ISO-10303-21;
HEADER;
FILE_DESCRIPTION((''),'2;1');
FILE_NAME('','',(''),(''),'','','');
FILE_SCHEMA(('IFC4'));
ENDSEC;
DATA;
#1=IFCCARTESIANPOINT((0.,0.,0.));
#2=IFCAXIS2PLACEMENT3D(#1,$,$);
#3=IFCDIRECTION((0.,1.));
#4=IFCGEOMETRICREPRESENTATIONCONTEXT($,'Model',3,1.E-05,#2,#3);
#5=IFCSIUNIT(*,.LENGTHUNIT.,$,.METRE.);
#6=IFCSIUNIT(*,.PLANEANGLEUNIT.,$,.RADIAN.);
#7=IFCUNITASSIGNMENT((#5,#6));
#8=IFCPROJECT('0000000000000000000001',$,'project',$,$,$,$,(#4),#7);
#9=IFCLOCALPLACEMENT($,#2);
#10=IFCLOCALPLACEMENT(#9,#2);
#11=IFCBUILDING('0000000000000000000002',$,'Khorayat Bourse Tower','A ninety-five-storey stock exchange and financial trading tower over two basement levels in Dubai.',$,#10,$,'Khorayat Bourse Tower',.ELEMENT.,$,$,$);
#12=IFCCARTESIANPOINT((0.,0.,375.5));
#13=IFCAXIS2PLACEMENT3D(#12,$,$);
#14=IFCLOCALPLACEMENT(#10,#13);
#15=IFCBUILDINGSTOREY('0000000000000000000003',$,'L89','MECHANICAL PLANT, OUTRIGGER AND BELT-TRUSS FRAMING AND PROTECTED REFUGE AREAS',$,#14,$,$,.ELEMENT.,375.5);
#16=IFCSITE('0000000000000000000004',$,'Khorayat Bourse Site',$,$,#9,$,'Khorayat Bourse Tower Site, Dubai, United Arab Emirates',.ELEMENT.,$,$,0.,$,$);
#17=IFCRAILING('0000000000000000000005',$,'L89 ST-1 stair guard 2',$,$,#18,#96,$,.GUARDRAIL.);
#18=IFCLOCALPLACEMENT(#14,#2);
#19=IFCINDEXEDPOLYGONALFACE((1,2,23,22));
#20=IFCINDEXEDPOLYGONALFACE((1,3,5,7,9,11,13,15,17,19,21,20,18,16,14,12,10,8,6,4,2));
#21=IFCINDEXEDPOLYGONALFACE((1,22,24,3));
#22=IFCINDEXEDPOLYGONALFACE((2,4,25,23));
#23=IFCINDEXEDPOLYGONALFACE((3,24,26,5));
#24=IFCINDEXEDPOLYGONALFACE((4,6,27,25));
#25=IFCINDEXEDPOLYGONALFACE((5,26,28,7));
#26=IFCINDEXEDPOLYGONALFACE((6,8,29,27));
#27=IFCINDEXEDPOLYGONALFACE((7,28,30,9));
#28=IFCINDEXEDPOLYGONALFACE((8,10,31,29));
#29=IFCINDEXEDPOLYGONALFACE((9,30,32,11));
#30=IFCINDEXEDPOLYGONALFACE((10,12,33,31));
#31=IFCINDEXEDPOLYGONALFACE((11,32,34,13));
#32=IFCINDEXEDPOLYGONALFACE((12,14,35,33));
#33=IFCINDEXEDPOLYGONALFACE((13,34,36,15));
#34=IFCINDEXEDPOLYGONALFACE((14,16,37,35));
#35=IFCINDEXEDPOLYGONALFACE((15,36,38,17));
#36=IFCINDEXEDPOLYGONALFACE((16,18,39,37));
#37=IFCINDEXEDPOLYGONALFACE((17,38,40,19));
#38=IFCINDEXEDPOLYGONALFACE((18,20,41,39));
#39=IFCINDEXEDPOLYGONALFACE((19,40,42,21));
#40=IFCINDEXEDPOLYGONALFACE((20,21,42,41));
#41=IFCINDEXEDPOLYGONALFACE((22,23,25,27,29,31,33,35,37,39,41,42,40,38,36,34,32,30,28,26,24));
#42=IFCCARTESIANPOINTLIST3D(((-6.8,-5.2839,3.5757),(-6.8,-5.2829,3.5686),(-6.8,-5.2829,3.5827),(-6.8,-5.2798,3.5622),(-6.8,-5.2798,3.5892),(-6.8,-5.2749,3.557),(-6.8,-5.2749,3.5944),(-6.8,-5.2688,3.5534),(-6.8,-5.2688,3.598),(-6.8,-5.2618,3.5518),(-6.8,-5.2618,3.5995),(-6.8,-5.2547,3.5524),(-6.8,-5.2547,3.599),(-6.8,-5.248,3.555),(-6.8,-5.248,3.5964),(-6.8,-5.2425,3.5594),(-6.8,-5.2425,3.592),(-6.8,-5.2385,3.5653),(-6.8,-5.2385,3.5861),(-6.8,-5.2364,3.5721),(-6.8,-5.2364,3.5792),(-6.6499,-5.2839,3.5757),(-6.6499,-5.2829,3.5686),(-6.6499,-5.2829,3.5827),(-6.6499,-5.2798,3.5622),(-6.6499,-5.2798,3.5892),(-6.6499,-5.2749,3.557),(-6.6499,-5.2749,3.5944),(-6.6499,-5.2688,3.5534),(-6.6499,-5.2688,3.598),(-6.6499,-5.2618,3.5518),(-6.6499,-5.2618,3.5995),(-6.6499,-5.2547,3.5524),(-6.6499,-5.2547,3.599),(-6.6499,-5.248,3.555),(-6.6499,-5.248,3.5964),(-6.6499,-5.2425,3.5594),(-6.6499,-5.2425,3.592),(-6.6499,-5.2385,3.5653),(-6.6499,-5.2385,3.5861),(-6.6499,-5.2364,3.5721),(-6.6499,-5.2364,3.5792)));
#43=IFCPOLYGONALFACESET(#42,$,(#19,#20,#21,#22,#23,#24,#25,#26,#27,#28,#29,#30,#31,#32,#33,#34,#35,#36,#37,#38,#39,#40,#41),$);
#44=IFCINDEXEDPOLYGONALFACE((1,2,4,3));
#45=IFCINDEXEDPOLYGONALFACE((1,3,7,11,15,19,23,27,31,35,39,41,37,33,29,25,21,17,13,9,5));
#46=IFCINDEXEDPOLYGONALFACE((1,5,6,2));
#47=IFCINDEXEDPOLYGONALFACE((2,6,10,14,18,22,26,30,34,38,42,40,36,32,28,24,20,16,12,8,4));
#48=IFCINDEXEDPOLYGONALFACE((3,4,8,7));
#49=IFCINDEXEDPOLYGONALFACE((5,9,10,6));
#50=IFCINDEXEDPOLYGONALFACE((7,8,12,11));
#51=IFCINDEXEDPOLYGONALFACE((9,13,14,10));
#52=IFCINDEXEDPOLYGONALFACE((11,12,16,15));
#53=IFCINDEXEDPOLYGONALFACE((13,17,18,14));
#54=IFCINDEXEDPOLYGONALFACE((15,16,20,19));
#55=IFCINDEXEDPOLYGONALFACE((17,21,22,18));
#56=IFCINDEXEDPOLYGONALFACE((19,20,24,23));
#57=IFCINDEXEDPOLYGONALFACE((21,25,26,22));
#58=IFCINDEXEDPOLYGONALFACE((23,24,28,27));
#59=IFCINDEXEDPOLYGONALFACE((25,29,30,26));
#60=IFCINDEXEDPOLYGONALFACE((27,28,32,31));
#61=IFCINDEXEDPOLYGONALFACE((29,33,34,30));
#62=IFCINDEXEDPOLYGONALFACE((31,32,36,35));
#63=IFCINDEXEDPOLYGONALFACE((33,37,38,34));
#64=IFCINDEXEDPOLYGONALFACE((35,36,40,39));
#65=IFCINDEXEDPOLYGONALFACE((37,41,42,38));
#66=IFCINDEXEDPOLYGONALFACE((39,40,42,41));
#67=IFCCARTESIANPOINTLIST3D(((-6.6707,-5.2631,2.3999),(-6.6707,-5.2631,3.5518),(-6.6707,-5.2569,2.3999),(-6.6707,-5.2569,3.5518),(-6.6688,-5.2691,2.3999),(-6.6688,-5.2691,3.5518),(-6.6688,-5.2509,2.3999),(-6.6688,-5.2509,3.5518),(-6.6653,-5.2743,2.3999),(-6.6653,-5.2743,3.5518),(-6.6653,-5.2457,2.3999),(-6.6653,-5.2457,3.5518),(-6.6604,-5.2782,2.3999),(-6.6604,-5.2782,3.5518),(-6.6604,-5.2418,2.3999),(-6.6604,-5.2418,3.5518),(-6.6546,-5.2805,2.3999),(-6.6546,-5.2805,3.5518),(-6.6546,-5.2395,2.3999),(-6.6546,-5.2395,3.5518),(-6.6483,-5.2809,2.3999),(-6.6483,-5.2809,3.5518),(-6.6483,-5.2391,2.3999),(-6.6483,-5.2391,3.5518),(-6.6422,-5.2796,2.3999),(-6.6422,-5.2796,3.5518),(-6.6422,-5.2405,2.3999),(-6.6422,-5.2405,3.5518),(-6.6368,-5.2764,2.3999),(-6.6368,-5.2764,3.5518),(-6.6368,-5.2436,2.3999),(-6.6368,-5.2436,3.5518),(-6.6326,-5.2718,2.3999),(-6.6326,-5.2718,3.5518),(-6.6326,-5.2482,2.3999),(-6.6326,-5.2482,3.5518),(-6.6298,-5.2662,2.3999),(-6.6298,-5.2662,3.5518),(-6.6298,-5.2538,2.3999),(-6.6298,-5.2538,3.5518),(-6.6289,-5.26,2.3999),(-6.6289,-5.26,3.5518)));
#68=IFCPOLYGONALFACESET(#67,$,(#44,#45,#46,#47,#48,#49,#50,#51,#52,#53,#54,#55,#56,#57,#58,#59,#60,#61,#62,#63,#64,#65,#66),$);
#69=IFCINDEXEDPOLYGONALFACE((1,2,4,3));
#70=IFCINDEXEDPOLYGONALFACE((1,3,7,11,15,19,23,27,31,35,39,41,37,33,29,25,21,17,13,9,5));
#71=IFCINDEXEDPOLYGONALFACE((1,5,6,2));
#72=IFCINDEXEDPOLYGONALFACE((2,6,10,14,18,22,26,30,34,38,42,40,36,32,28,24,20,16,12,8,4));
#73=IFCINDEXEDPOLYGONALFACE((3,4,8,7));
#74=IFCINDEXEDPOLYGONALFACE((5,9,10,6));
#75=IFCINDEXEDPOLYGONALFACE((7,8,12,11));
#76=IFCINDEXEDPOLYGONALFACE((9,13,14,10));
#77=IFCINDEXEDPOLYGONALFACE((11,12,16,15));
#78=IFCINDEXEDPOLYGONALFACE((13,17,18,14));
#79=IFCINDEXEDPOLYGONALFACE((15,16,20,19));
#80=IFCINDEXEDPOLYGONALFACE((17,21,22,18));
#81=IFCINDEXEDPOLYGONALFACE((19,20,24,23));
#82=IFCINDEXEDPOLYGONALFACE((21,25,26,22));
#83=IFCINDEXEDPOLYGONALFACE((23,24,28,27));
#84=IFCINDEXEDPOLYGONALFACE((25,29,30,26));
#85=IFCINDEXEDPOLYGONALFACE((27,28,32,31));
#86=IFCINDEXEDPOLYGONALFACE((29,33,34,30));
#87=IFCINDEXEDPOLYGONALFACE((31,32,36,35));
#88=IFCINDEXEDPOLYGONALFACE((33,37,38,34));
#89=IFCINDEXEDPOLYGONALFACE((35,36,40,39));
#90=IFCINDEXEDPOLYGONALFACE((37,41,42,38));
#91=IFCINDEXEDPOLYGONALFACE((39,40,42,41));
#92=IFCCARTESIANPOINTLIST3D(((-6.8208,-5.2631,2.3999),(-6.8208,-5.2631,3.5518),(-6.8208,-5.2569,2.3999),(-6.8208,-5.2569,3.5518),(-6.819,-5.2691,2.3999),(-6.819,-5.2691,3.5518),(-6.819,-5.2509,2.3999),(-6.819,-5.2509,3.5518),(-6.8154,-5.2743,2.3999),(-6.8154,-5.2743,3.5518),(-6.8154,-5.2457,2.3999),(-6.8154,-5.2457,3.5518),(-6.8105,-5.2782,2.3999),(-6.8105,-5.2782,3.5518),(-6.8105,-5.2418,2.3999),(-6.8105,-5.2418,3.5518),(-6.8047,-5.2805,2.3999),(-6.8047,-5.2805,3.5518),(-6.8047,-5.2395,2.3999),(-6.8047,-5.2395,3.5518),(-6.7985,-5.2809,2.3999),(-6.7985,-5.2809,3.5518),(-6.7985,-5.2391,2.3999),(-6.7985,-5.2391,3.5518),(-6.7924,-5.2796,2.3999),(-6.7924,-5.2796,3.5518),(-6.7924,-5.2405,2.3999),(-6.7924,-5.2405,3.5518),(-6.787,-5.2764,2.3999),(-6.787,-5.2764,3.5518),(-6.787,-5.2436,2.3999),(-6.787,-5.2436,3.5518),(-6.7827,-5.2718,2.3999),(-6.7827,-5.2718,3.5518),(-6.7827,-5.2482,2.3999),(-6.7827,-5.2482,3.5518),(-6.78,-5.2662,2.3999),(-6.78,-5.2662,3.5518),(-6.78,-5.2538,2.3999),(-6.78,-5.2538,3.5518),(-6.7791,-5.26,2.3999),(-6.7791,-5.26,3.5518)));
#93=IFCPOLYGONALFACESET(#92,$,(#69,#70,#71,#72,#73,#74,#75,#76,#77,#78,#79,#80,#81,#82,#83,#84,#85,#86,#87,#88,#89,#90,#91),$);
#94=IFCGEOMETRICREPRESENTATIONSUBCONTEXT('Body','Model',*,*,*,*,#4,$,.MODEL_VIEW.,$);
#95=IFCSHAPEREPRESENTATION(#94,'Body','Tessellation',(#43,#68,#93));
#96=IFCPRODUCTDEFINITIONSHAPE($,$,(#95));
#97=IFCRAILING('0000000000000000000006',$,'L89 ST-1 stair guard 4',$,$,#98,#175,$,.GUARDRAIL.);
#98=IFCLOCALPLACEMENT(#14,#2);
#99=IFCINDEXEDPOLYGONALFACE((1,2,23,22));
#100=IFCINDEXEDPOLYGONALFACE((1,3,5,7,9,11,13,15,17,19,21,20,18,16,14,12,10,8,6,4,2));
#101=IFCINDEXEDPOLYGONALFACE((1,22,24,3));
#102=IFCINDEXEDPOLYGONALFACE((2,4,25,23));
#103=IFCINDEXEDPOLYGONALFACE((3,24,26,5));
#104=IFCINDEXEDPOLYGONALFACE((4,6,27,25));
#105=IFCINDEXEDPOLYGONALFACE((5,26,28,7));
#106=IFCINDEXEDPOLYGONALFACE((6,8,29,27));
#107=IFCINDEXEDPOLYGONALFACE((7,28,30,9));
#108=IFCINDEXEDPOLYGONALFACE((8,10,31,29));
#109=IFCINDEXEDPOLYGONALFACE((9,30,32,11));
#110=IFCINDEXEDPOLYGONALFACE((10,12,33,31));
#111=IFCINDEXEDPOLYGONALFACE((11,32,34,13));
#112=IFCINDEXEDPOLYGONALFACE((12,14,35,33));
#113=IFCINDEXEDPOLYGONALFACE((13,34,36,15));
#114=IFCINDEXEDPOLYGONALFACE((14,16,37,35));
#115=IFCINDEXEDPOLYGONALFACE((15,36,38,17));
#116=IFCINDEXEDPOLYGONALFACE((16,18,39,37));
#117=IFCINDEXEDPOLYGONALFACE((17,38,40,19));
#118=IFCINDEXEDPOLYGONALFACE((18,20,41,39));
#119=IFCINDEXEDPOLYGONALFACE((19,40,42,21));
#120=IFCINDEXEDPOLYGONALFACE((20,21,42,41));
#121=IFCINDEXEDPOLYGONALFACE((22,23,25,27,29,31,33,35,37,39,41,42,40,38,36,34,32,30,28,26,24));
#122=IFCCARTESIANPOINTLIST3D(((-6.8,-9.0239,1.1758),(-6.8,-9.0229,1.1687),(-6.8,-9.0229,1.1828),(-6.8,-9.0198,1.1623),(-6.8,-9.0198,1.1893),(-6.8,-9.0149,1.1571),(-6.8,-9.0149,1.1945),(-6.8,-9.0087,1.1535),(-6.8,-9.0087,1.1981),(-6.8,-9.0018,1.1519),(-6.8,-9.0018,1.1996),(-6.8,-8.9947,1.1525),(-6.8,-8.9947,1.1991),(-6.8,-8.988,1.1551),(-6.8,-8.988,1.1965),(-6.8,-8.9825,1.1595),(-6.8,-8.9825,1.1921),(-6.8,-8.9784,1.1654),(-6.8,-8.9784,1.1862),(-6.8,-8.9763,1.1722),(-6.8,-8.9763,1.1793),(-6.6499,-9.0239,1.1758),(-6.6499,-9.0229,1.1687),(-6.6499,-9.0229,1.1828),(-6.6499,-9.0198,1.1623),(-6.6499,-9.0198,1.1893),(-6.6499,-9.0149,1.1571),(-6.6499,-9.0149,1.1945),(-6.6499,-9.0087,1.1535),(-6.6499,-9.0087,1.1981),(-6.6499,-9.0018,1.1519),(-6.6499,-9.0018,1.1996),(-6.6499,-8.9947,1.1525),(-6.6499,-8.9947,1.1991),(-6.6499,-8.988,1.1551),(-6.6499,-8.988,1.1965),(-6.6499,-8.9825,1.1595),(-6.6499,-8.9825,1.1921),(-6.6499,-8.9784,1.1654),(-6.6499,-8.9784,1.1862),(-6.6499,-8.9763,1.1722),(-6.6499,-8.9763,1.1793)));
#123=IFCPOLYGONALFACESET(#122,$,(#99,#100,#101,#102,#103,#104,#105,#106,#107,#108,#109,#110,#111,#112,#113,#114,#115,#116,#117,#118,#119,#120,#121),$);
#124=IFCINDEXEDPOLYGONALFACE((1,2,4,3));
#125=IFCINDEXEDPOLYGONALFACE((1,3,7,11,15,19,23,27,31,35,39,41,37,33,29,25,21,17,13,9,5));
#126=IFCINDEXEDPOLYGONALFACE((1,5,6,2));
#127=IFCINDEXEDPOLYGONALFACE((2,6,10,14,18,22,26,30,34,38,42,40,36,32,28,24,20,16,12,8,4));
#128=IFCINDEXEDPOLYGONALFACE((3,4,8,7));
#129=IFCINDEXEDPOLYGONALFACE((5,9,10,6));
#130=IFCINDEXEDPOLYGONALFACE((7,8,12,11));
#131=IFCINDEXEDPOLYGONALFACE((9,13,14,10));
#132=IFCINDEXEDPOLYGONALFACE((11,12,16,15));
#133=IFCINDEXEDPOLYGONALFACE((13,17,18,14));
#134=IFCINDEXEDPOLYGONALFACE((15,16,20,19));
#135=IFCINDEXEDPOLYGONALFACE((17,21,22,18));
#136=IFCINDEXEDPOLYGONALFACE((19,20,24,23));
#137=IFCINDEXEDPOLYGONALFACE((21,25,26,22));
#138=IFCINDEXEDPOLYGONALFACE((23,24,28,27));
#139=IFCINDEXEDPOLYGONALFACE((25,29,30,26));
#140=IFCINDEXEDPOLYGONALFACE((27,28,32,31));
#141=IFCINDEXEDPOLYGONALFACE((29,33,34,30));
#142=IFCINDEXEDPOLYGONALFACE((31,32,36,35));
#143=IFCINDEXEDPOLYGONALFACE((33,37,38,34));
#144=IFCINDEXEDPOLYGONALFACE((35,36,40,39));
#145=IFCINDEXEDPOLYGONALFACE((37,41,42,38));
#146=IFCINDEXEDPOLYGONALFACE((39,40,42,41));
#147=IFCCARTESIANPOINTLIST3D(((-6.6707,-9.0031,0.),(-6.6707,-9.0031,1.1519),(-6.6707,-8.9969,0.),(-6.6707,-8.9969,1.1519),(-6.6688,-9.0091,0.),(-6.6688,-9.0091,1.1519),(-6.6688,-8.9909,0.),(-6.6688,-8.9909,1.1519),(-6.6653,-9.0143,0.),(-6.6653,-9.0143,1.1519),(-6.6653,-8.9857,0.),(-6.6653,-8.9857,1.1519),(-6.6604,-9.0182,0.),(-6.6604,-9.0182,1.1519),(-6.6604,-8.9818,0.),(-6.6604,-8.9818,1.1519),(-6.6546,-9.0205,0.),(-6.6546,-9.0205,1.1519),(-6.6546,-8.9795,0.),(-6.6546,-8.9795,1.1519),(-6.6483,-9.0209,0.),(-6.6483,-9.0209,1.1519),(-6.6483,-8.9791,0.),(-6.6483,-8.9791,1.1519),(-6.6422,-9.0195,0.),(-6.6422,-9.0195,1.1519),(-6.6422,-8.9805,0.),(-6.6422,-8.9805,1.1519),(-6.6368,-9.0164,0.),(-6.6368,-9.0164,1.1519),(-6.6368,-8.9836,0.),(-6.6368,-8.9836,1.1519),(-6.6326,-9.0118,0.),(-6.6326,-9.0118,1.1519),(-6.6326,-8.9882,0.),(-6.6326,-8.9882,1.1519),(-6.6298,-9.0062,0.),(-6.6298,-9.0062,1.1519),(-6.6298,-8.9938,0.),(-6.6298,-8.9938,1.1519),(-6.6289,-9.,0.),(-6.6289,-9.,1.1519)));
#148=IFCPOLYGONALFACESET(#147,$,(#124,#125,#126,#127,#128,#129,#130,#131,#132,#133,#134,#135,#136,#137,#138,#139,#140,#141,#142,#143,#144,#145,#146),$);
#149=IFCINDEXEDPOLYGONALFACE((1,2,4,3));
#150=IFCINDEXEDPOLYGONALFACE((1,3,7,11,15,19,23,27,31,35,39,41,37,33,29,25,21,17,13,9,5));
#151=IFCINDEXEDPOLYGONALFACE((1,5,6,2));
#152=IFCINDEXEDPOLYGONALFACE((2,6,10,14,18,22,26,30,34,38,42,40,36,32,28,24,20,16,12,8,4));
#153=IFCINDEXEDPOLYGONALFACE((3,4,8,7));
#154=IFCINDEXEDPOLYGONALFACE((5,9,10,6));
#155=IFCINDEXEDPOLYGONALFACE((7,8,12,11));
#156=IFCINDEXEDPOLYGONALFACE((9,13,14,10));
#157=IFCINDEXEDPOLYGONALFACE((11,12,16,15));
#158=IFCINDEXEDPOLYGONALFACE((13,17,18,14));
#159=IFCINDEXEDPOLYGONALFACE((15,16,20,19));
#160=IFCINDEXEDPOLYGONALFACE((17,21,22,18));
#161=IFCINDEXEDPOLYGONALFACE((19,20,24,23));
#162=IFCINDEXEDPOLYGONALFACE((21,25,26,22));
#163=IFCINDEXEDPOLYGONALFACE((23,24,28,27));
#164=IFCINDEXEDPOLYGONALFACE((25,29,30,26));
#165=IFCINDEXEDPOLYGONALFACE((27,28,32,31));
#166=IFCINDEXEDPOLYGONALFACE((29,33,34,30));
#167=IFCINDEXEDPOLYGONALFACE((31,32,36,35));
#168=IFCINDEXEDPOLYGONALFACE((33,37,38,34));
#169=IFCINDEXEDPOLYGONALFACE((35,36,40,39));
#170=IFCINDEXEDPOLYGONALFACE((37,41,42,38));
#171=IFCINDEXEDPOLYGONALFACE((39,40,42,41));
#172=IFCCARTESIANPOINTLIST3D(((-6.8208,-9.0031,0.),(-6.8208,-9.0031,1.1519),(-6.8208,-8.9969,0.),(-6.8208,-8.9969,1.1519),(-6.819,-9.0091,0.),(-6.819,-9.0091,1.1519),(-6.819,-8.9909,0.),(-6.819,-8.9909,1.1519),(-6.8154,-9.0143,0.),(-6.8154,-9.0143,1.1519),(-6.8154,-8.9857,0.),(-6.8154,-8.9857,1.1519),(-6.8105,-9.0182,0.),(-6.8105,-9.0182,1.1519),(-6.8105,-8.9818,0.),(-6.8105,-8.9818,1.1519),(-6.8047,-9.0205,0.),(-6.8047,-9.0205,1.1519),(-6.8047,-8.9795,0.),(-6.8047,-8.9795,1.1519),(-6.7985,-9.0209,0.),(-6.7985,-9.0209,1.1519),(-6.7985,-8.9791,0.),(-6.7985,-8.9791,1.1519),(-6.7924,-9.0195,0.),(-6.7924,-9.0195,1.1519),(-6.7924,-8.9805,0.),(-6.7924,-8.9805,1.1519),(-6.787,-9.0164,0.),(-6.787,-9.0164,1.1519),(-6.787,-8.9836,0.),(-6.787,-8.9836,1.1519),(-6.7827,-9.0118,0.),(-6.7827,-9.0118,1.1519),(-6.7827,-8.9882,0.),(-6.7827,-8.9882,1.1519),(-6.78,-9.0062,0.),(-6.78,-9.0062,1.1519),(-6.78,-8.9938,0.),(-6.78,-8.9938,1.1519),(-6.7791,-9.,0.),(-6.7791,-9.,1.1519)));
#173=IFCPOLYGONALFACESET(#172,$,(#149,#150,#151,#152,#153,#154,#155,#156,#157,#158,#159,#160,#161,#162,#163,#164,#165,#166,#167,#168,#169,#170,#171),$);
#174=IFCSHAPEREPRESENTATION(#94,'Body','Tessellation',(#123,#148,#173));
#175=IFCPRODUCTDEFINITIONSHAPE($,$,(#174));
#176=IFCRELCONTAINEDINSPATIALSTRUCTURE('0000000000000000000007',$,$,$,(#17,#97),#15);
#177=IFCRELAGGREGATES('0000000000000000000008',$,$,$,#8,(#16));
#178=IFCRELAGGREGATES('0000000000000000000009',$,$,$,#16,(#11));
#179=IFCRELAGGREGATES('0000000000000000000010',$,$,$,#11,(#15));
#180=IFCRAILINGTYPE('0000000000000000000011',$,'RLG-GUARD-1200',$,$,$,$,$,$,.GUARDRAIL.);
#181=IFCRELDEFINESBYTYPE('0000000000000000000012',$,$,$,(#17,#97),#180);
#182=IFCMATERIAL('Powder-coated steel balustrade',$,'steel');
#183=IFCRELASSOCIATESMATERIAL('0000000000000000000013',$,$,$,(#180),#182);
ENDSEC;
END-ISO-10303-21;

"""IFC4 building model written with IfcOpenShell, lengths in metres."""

from ifc_helpers import new_model, si_unit, direction, frame, origin, origin_2d, place, context, subcontext, project, spatial, circle, extrude, source, transform, mapped, material, type_object, element, save


model = new_model("IFC4")

# Units and contexts
model_context = context("Model", 3, precision=1e-05, world=origin(), true_north=direction((0.0, 1.0)))
body_context = subcontext(model_context, "Body", "Model", "MODEL_VIEW")
ifc_project = project(units=[si_unit("LENGTHUNIT", "METRE"), si_unit("PLANEANGLEUNIT", "RADIAN")], contexts=[model_context])

# Site, building, storey
site_placement = place(None, origin())
site = spatial("IfcSite", under=ifc_project, at=site_placement, Name="Khorayat Bourse Site", LongName="Khorayat Bourse Tower Site, Dubai, United Arab Emirates", CompositionType="ELEMENT", RefElevation=0.0)
building_placement = place(site_placement, origin())
building = spatial("IfcBuilding", under=site, at=building_placement, Name="Khorayat Bourse Tower", Description="A ninety-five-storey stock exchange and financial trading tower over two basement levels in Dubai.", LongName="Khorayat Bourse Tower", CompositionType="ELEMENT")
storey_placement = place(building_placement, frame((0.0, 0.0, 375.5)))
storey = spatial("IfcBuildingStorey", under=building, at=storey_placement, Name="L89", Description="MECHANICAL PLANT, OUTRIGGER AND BELT-TRUSS FRAMING AND PROTECTED REFUGE AREAS", CompositionType="ELEMENT", Elevation=375.5)

# Railings
ifc_material_1 = material(Name="Powder-coated steel balustrade", Category="steel")
railing_type_1 = type_object("IfcRailingType", Name="RLG-GUARD-1200", PredefinedType="GUARDRAIL", material=ifc_material_1)
shared_shape_1 = source(origin(), body_context, "Body", "SweptSolid", [
    extrude(circle(Radius=0.0239, at=origin_2d()), frame((0.0, 0.0, 1.1758), z_axis=(-1.0, 0.0, 0.0), x_axis=(0.0, -1.0, 0.0)), (0.0, 0.0, 1.0), 0.1501),
    extrude(circle(Radius=0.021, at=origin_2d()), origin(), (0.0, 0.0, 1.0), 1.1519),
    extrude(circle(Radius=0.021, at=origin_2d()), frame((-0.1501, 0.0, 0.0)), (0.0, 0.0, 1.0), 1.1519),
])
for number, where, name in (
    (1, (-6.6499, -5.26, 2.3999), "L89 ST-1 stair guard 2"),
    (2, (-6.6499, -9.0, 0.0), "L89 ST-1 stair guard 4"),
):
    element("IfcRailing", number, at=place(storey_placement, frame(where)), inside=storey, type_object=railing_type_1, Name=name, PredefinedType="GUARDRAIL", context=body_context, shape_type="MappedRepresentation", body=[
        mapped(shared_shape_1, transform((0.0, 0.0, 0.0), scale=1.0)),
    ])

save(model, "model.ifc")
